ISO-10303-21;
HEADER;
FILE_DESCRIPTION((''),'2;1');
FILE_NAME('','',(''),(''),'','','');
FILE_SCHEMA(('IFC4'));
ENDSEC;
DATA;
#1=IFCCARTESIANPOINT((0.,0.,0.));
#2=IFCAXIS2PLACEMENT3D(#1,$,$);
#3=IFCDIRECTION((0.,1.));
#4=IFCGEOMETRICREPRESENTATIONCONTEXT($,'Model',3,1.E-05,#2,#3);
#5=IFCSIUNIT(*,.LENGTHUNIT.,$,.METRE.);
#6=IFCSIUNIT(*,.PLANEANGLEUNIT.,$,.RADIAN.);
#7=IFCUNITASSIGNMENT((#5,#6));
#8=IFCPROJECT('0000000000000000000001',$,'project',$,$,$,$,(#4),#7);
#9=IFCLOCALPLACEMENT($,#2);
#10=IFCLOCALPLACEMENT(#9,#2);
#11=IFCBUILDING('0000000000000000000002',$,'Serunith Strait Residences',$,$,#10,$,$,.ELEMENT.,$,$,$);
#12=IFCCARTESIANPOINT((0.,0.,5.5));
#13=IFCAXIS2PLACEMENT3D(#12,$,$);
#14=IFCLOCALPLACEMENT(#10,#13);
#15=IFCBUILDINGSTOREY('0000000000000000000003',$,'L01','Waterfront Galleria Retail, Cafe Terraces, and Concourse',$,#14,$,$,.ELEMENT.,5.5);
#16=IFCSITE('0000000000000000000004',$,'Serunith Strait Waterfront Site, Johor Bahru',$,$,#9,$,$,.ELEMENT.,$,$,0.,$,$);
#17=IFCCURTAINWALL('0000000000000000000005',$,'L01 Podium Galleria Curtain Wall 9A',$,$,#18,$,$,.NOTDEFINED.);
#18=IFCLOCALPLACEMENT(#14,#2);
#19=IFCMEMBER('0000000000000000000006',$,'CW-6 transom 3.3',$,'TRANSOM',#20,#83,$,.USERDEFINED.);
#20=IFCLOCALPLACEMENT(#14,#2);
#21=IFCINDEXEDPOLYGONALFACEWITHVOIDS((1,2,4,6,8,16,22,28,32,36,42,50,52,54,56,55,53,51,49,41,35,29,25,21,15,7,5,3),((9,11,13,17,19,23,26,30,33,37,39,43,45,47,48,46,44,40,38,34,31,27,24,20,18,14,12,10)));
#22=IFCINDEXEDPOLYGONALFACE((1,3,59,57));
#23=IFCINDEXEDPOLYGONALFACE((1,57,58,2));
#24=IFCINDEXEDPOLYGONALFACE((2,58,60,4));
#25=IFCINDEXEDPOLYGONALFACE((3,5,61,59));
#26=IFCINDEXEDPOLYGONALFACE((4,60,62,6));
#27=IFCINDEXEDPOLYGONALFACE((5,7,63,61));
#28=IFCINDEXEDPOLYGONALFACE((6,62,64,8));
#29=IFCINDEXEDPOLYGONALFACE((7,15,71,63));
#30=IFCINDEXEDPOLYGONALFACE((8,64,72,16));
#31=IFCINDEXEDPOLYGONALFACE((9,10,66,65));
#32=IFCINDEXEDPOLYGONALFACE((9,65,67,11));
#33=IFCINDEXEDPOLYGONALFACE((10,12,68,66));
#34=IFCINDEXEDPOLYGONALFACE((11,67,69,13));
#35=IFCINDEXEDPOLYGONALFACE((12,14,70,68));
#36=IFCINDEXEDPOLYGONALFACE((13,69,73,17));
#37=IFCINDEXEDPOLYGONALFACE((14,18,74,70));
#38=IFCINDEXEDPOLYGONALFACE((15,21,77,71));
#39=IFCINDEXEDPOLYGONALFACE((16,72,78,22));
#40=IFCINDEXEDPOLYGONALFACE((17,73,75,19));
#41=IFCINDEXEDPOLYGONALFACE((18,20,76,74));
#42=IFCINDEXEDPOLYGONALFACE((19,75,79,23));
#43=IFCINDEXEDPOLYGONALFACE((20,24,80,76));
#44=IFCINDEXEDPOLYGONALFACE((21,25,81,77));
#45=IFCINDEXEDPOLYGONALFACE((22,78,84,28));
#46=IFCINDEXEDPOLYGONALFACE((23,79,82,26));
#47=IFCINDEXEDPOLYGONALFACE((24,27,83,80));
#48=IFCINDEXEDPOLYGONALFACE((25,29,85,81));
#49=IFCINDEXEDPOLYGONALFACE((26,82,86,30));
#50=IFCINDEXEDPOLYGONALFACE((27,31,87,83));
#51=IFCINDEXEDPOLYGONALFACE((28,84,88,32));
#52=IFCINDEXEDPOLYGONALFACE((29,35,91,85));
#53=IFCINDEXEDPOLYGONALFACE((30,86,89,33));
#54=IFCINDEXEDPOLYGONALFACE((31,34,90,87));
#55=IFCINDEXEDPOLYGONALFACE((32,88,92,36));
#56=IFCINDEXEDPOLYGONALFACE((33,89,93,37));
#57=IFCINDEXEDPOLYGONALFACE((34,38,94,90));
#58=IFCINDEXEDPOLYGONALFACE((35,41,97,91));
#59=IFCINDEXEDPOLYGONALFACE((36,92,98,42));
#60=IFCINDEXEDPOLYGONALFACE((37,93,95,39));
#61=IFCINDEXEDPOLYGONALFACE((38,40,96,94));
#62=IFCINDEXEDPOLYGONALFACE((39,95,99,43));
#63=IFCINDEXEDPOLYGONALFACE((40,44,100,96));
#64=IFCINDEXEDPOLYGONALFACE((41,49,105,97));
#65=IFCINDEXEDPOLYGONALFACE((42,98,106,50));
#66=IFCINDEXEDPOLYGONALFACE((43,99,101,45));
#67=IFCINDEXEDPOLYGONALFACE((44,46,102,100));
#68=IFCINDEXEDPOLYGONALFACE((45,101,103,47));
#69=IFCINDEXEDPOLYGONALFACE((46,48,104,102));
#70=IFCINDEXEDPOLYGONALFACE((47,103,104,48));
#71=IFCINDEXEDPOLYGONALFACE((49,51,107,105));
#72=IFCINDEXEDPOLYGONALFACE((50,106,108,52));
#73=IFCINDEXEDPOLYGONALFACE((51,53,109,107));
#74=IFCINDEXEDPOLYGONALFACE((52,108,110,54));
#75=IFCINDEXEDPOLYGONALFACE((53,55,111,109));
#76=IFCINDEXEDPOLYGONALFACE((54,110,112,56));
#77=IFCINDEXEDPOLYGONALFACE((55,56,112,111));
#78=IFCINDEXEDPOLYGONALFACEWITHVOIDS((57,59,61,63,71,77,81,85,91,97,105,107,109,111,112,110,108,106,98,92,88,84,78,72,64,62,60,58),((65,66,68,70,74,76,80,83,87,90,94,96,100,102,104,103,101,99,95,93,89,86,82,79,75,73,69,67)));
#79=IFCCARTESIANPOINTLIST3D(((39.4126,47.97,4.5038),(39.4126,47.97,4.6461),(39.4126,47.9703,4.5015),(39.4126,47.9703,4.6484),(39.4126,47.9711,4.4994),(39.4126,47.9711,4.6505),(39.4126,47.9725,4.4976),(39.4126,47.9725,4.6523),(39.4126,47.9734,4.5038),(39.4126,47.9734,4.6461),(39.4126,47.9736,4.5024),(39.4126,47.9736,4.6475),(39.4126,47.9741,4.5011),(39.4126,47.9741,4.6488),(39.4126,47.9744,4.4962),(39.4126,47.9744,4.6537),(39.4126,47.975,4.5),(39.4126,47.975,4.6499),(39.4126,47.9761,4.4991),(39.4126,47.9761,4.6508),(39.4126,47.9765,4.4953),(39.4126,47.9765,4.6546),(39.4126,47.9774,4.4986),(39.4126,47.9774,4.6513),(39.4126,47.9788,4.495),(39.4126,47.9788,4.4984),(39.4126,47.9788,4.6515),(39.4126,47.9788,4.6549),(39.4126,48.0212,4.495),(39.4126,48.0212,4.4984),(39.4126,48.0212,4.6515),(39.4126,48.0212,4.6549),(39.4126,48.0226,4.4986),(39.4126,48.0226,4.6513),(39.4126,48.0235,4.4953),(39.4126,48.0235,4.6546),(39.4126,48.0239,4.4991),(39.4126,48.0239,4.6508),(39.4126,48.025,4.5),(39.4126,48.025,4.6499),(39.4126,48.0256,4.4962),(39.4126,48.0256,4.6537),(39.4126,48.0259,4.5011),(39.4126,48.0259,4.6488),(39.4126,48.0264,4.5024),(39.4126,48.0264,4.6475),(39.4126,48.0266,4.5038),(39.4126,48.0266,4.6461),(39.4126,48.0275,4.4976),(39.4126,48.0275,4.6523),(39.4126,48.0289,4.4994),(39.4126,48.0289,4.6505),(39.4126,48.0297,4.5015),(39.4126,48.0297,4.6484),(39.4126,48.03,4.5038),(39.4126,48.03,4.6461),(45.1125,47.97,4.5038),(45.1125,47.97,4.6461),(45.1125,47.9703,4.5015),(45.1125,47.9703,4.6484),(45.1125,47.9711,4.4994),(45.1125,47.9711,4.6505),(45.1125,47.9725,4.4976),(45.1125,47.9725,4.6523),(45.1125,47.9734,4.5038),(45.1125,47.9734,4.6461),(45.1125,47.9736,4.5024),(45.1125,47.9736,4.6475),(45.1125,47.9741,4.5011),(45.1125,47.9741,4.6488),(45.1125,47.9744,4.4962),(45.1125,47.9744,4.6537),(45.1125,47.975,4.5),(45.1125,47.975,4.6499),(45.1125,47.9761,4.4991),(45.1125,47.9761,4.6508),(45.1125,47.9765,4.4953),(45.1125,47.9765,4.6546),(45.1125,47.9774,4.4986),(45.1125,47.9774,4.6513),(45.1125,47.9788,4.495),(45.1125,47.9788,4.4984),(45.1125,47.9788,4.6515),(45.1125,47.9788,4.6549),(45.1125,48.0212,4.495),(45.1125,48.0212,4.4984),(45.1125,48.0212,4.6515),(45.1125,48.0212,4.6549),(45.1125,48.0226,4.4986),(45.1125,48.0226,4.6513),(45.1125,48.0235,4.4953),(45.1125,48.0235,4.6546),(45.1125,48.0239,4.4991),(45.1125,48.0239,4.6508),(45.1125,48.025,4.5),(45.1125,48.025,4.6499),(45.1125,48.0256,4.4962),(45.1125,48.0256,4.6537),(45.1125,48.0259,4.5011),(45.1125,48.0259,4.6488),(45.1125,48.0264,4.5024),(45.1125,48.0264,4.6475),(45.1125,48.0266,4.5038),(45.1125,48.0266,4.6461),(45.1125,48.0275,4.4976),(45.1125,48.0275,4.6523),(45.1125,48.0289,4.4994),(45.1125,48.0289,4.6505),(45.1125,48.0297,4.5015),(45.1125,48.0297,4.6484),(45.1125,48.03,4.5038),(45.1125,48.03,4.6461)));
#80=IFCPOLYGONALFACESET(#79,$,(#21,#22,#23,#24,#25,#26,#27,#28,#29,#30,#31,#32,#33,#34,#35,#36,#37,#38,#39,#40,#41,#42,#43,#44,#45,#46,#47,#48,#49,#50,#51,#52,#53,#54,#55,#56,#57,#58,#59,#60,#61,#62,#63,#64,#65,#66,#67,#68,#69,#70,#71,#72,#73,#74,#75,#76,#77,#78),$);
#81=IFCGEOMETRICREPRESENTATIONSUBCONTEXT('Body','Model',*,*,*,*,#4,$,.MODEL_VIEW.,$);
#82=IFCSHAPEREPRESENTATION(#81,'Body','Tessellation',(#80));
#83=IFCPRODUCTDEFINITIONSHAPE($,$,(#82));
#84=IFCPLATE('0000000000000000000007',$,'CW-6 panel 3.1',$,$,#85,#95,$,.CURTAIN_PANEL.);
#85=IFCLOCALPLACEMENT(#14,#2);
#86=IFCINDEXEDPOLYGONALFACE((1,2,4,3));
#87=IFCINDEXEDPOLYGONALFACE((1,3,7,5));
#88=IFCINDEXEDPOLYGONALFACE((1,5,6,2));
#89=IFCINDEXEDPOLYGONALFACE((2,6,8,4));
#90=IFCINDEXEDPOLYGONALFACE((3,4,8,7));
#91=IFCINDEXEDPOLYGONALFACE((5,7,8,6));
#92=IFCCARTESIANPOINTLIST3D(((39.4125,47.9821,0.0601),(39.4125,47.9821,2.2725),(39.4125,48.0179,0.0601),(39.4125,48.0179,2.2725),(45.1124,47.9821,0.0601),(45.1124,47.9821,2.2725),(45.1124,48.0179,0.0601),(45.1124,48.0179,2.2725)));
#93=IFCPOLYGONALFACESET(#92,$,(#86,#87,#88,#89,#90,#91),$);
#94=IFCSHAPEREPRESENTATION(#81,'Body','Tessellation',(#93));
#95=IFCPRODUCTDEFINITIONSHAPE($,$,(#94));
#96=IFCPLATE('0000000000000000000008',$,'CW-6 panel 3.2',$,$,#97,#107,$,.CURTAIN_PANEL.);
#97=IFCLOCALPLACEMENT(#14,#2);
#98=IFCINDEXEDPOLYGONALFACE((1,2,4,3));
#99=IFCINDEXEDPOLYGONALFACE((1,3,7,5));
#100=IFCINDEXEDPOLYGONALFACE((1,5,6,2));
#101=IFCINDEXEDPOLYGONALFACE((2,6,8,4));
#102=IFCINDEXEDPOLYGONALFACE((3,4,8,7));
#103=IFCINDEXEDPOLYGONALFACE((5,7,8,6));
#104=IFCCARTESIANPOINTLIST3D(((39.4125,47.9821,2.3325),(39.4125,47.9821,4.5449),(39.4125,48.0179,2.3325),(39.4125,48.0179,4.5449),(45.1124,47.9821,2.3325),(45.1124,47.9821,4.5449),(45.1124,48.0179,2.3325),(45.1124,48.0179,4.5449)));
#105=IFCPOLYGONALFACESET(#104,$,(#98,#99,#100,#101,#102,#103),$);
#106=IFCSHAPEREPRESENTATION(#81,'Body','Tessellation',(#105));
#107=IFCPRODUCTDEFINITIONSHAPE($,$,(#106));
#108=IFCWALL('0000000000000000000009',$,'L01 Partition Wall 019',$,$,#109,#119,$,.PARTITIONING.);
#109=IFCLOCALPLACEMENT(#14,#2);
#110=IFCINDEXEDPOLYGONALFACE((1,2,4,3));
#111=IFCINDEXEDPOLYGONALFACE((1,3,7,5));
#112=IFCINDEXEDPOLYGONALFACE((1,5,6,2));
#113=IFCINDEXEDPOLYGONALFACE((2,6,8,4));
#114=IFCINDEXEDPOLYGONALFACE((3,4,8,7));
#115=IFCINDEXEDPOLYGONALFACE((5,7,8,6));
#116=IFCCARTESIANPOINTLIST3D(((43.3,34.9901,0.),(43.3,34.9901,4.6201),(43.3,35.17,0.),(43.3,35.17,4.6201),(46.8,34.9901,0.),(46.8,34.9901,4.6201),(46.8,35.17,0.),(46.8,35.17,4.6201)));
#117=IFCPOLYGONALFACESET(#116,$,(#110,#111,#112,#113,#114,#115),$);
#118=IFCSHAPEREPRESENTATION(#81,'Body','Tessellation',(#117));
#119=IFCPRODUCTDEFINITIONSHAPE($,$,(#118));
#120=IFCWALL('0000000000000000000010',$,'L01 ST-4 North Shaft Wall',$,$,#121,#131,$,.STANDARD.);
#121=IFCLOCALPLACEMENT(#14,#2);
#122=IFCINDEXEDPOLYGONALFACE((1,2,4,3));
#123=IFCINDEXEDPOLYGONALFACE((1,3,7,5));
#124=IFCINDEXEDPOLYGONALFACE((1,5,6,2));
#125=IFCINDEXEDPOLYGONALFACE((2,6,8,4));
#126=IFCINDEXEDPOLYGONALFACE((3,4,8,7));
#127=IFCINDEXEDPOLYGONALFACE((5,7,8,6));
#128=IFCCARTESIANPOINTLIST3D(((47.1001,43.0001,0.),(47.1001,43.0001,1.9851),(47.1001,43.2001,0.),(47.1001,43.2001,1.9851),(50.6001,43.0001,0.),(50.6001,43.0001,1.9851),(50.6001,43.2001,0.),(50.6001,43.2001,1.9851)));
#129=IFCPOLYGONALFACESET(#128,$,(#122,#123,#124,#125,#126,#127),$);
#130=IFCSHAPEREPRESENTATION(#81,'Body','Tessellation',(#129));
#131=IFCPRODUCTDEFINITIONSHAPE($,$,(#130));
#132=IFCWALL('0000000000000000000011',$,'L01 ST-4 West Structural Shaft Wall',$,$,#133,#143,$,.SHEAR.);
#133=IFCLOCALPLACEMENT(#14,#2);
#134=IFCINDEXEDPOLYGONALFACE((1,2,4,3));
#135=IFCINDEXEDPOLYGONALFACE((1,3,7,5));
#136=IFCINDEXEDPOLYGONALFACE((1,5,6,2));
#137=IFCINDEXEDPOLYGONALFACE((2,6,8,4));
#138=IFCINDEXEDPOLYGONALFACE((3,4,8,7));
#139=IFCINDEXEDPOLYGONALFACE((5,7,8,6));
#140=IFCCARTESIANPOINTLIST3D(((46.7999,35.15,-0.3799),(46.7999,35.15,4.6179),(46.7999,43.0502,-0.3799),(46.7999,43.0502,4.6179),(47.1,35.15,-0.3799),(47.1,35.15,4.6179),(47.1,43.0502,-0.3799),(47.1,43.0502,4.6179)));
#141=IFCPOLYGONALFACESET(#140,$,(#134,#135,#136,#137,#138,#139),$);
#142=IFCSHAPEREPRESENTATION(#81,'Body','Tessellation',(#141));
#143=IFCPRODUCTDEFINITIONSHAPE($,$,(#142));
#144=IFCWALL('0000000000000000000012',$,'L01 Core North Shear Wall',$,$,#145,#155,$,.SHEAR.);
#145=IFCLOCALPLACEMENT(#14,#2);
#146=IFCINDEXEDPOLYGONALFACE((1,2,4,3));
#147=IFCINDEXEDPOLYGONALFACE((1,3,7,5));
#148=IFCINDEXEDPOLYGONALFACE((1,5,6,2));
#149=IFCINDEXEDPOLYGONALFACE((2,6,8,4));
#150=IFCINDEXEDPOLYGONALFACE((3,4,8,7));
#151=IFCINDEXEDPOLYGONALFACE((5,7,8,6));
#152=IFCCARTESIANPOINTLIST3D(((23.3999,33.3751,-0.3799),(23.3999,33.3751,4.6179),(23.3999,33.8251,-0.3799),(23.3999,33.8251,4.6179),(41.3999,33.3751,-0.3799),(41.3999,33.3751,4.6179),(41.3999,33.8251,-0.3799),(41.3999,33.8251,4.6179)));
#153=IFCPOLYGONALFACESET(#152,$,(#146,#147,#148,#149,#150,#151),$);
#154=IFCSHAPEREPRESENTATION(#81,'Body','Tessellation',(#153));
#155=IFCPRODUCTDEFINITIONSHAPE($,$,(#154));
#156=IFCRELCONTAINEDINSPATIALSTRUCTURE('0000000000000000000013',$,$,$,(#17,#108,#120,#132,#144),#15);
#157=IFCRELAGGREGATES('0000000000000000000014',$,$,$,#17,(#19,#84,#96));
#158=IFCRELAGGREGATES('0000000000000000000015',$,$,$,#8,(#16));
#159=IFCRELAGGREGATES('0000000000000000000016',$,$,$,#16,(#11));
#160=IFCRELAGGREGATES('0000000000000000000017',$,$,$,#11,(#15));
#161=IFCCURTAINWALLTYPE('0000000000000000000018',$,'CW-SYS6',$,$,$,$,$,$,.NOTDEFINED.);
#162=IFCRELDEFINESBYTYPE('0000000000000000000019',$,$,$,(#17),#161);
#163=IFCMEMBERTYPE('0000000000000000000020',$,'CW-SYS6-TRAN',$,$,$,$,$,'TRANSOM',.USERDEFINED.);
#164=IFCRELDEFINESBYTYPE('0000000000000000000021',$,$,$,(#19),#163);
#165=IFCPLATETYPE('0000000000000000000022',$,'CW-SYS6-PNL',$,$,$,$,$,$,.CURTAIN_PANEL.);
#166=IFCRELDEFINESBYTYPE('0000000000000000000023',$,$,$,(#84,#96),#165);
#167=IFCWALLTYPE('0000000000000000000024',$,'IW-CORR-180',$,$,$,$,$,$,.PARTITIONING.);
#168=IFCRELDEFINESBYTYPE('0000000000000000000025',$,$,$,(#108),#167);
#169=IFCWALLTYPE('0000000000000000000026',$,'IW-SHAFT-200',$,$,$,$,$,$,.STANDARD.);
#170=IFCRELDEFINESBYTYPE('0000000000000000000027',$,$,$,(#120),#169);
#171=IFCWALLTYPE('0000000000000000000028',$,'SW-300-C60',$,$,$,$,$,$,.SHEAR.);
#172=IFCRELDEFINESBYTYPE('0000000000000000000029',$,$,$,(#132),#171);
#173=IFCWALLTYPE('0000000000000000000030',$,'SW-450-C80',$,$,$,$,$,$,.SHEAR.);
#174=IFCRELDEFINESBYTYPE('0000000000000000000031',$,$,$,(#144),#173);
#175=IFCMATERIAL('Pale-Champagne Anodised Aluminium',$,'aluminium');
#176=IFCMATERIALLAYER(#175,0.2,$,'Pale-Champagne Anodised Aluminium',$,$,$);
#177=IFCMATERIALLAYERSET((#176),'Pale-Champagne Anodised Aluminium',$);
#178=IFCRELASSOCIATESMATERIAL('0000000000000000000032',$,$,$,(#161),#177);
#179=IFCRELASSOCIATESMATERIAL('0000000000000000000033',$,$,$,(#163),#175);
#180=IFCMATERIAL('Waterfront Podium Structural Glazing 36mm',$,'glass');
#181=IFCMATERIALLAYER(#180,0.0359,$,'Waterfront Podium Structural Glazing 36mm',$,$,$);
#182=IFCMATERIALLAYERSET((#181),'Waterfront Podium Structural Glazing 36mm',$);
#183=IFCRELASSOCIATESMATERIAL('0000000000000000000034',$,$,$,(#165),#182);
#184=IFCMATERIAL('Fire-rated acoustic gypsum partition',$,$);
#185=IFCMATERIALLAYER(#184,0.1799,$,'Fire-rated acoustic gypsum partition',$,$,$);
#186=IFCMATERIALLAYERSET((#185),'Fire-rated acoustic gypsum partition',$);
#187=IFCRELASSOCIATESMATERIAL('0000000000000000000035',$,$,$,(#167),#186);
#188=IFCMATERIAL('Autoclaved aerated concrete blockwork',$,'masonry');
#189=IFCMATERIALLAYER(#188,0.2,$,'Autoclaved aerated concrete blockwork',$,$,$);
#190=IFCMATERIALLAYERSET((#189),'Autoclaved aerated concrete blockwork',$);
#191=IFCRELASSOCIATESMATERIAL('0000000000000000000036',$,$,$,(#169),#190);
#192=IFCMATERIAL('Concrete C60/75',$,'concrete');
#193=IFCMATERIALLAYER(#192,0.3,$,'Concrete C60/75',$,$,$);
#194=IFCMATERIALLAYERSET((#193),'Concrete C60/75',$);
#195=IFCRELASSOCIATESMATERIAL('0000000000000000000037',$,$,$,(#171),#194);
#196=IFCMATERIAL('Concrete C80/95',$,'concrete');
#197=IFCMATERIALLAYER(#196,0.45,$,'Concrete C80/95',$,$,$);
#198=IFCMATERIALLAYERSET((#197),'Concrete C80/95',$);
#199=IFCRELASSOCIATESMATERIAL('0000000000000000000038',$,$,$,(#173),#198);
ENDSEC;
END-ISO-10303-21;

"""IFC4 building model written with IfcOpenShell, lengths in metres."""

from ifc_helpers import new_model, si_unit, direction, frame, frame_2d, origin, origin_2d, place, context, subcontext, project, spatial, rectangle, hollow_rectangle, extrude, source, transform, mapped, material, layer, layer_set, material_profile, profile_set, type_object, element, aggregate, save


model = new_model("IFC4")

# Units and contexts
model_context = context("Model", 3, precision=1e-05, world=origin(), true_north=direction((0.0, 1.0)))
body_context = subcontext(model_context, "Body", "Model", "MODEL_VIEW")
ifc_project = project(units=[si_unit("LENGTHUNIT", "METRE"), si_unit("PLANEANGLEUNIT", "RADIAN")], contexts=[model_context])

# Site, building, storey
site_placement = place(None, origin())
site = spatial("IfcSite", under=ifc_project, at=site_placement, Name="Serunith Strait Waterfront Site, Johor Bahru", CompositionType="ELEMENT", RefElevation=0.0)
building_placement = place(site_placement, origin())
building = spatial("IfcBuilding", under=site, at=building_placement, Name="Serunith Strait Residences", CompositionType="ELEMENT")
storey_placement = place(building_placement, frame((0.0, 0.0, 5.5)))
storey = spatial("IfcBuildingStorey", under=building, at=storey_placement, Name="L01", Description="Waterfront Galleria Retail, Cafe Terraces, and Concourse", CompositionType="ELEMENT", Elevation=5.5)

# Shared definitions
ifc_material_1 = material(Name="Concrete C60/75", Category="concrete")

# Curtain wall, member, plates
ifc_material_2 = material(Name="Pale-Champagne Anodised Aluminium", Category="aluminium")
ifc_layer_1 = layer(ifc_material_2, 0.2, Name="Pale-Champagne Anodised Aluminium")
ifc_layer_set_1 = layer_set([ifc_layer_1], Name="Pale-Champagne Anodised Aluminium")
curtain_wall_type = type_object("IfcCurtainWallType", Name="CW-SYS6", PredefinedType="NOTDEFINED", material=ifc_layer_set_1)
curtain_wall_placement = place(storey_placement, origin())
curtain_wall = element("IfcCurtainWall", 1, at=curtain_wall_placement, inside=storey, type_object=curtain_wall_type, Name="L01 Podium Galleria Curtain Wall 9A", PredefinedType="NOTDEFINED")
ifc_material_profile_1 = material_profile(ifc_material_2, hollow_rectangle(XDim=0.0601, YDim=0.1599, WallThickness=0.0034, InnerFilletRadius=0.0054, OuterFilletRadius=0.0088, at=origin_2d()), Name="ALU 160x60x3.5")
ifc_profile_set_1 = profile_set([ifc_material_profile_1], Name="Pale-Champagne Anodised Aluminium")
member_type_1 = type_object("IfcMemberType", Name="CW-SYS6-TRAN", ElementType="TRANSOM", PredefinedType="USERDEFINED", material=ifc_profile_set_1)
shared_shape_1 = source(origin(), body_context, "Body", "SweptSolid", [
    extrude(hollow_rectangle(XDim=0.0601, YDim=0.1599, WallThickness=0.0034, InnerFilletRadius=0.0054, OuterFilletRadius=0.0088, at=origin_2d()), origin(), (0.0, 0.0, 1.0), 5.7),
])
member_1_placement = place(storey_placement, frame((45.1125, 48.0, 4.575), z_axis=(-1.0, 0.0, 0.0), x_axis=(0.0, -1.0, 0.0)))
member_1 = element("IfcMember", 2, at=member_1_placement, type_object=member_type_1, Name="CW-6 transom 3.3", ObjectType="TRANSOM", PredefinedType="USERDEFINED", context=body_context, shape_type="MappedRepresentation", body=[
    mapped(shared_shape_1, transform((0.0, 0.0, 0.0), scale=1.0)),
])
ifc_material_3 = material(Name="Waterfront Podium Structural Glazing 36mm", Category="glass")
ifc_layer_2 = layer(ifc_material_3, 0.0359, Name="Waterfront Podium Structural Glazing 36mm")
ifc_layer_set_2 = layer_set([ifc_layer_2], Name="Waterfront Podium Structural Glazing 36mm")
plate_type = type_object("IfcPlateType", Name="CW-SYS6-PNL", PredefinedType="CURTAIN_PANEL", material=ifc_layer_set_2)
shared_shape_2 = source(origin(), body_context, "Body", "SweptSolid", [
    extrude(rectangle(XDim=5.7, YDim=0.0359, at=origin_2d()), origin(), (0.0, 0.0, 1.0), 2.2124),
])
plate_1_placement = place(storey_placement, frame((42.2625, 48.0, 0.0601), z_axis=(0.0, 0.0, 1.0), x_axis=(-1.0, 0.0, 0.0)))
plate_1 = element("IfcPlate", 3, at=plate_1_placement, type_object=plate_type, Name="CW-6 panel 3.1", PredefinedType="CURTAIN_PANEL", context=body_context, shape_type="MappedRepresentation", body=[
    mapped(shared_shape_2, transform((0.0, 0.0, 0.0), scale=1.0)),
])
plate_2_placement = place(storey_placement, frame((42.2625, 48.0, 2.3325), z_axis=(0.0, 0.0, 1.0), x_axis=(-1.0, 0.0, 0.0)))
plate_2 = element("IfcPlate", 4, at=plate_2_placement, type_object=plate_type, Name="CW-6 panel 3.2", PredefinedType="CURTAIN_PANEL", context=body_context, shape_type="MappedRepresentation", body=[
    mapped(shared_shape_2, transform((0.0, 0.0, 0.0), scale=1.0)),
])
aggregate(curtain_wall, [member_1, plate_1, plate_2])

# Wall
ifc_material_4 = material(Name="Fire-rated acoustic gypsum partition")
ifc_layer_3 = layer(ifc_material_4, 0.1799, Name="Fire-rated acoustic gypsum partition")
ifc_layer_set_3 = layer_set([ifc_layer_3], Name="Fire-rated acoustic gypsum partition")
wall_type_1 = type_object("IfcWallType", Name="IW-CORR-180", PredefinedType="PARTITIONING", material=ifc_layer_set_3)
wall_1_placement = place(storey_placement, frame((43.3, 35.0801, 0.0), z_axis=(0.0, 0.0, 1.0), x_axis=(1.0, 0.0, 0.0)))
element("IfcWall", 5, at=wall_1_placement, inside=storey, type_object=wall_type_1, Name="L01 Partition Wall 019", PredefinedType="PARTITIONING", context=body_context, shape_type="SweptSolid", body=[
    extrude(rectangle(XDim=3.5, YDim=0.1799, at=frame_2d((1.75, 0.0))), origin(), (0.0, 0.0, 1.0), 4.6201),
])

# Shared definitions
ifc_material_5 = material(Name="Autoclaved aerated concrete blockwork", Category="masonry")
ifc_layer_4 = layer(ifc_material_5, 0.2, Name="Autoclaved aerated concrete blockwork")
ifc_layer_set_4 = layer_set([ifc_layer_4], Name="Autoclaved aerated concrete blockwork")
wall_type_2 = type_object("IfcWallType", Name="IW-SHAFT-200", PredefinedType="STANDARD", material=ifc_layer_set_4)

# Walls
wall_2_placement = place(storey_placement, frame((47.1001, 43.1001, 0.0), z_axis=(0.0, 0.0, 1.0), x_axis=(1.0, 0.0, 0.0)))
element("IfcWall", 6, at=wall_2_placement, inside=storey, type_object=wall_type_2, Name="L01 ST-4 North Shaft Wall", PredefinedType="STANDARD", context=body_context, shape_type="SweptSolid", body=[
    extrude(rectangle(XDim=3.5, YDim=0.2, at=frame_2d((1.75, 0.0))), origin(), (0.0, 0.0, 1.0), 1.9851),
])
ifc_layer_5 = layer(ifc_material_1, 0.3, Name="Concrete C60/75")
ifc_layer_set_5 = layer_set([ifc_layer_5], Name="Concrete C60/75")
wall_type_3 = type_object("IfcWallType", Name="SW-300-C60", PredefinedType="SHEAR", material=ifc_layer_set_5)
wall_3_placement = place(storey_placement, frame((46.95, 35.1499, -0.3799), z_axis=(0.0, 0.0, 1.0), x_axis=(0.0, 1.0, 0.0)))
element("IfcWall", 7, at=wall_3_placement, inside=storey, type_object=wall_type_3, Name="L01 ST-4 West Structural Shaft Wall", PredefinedType="SHEAR", context=body_context, shape_type="SweptSolid", body=[
    extrude(rectangle(XDim=7.9001, YDim=0.3, at=frame_2d((3.9502, 0.0))), origin(), (0.0, 0.0, 1.0), 4.9978),
])
ifc_material_6 = material(Name="Concrete C80/95", Category="concrete")
ifc_layer_6 = layer(ifc_material_6, 0.45, Name="Concrete C80/95")
ifc_layer_set_6 = layer_set([ifc_layer_6], Name="Concrete C80/95")
wall_type_4 = type_object("IfcWallType", Name="SW-450-C80", PredefinedType="SHEAR", material=ifc_layer_set_6)
wall_4_placement = place(storey_placement, frame((41.3999, 33.6001, -0.3799), z_axis=(0.0, 0.0, 1.0), x_axis=(-1.0, 0.0, 0.0)))
element("IfcWall", 8, at=wall_4_placement, inside=storey, type_object=wall_type_4, Name="L01 Core North Shear Wall", PredefinedType="SHEAR", context=body_context, shape_type="SweptSolid", body=[
    extrude(rectangle(XDim=18.0, YDim=0.45, at=frame_2d((9.0, 0.0))), origin(), (0.0, 0.0, 1.0), 4.9978),
])

save(model, "model.ifc")
